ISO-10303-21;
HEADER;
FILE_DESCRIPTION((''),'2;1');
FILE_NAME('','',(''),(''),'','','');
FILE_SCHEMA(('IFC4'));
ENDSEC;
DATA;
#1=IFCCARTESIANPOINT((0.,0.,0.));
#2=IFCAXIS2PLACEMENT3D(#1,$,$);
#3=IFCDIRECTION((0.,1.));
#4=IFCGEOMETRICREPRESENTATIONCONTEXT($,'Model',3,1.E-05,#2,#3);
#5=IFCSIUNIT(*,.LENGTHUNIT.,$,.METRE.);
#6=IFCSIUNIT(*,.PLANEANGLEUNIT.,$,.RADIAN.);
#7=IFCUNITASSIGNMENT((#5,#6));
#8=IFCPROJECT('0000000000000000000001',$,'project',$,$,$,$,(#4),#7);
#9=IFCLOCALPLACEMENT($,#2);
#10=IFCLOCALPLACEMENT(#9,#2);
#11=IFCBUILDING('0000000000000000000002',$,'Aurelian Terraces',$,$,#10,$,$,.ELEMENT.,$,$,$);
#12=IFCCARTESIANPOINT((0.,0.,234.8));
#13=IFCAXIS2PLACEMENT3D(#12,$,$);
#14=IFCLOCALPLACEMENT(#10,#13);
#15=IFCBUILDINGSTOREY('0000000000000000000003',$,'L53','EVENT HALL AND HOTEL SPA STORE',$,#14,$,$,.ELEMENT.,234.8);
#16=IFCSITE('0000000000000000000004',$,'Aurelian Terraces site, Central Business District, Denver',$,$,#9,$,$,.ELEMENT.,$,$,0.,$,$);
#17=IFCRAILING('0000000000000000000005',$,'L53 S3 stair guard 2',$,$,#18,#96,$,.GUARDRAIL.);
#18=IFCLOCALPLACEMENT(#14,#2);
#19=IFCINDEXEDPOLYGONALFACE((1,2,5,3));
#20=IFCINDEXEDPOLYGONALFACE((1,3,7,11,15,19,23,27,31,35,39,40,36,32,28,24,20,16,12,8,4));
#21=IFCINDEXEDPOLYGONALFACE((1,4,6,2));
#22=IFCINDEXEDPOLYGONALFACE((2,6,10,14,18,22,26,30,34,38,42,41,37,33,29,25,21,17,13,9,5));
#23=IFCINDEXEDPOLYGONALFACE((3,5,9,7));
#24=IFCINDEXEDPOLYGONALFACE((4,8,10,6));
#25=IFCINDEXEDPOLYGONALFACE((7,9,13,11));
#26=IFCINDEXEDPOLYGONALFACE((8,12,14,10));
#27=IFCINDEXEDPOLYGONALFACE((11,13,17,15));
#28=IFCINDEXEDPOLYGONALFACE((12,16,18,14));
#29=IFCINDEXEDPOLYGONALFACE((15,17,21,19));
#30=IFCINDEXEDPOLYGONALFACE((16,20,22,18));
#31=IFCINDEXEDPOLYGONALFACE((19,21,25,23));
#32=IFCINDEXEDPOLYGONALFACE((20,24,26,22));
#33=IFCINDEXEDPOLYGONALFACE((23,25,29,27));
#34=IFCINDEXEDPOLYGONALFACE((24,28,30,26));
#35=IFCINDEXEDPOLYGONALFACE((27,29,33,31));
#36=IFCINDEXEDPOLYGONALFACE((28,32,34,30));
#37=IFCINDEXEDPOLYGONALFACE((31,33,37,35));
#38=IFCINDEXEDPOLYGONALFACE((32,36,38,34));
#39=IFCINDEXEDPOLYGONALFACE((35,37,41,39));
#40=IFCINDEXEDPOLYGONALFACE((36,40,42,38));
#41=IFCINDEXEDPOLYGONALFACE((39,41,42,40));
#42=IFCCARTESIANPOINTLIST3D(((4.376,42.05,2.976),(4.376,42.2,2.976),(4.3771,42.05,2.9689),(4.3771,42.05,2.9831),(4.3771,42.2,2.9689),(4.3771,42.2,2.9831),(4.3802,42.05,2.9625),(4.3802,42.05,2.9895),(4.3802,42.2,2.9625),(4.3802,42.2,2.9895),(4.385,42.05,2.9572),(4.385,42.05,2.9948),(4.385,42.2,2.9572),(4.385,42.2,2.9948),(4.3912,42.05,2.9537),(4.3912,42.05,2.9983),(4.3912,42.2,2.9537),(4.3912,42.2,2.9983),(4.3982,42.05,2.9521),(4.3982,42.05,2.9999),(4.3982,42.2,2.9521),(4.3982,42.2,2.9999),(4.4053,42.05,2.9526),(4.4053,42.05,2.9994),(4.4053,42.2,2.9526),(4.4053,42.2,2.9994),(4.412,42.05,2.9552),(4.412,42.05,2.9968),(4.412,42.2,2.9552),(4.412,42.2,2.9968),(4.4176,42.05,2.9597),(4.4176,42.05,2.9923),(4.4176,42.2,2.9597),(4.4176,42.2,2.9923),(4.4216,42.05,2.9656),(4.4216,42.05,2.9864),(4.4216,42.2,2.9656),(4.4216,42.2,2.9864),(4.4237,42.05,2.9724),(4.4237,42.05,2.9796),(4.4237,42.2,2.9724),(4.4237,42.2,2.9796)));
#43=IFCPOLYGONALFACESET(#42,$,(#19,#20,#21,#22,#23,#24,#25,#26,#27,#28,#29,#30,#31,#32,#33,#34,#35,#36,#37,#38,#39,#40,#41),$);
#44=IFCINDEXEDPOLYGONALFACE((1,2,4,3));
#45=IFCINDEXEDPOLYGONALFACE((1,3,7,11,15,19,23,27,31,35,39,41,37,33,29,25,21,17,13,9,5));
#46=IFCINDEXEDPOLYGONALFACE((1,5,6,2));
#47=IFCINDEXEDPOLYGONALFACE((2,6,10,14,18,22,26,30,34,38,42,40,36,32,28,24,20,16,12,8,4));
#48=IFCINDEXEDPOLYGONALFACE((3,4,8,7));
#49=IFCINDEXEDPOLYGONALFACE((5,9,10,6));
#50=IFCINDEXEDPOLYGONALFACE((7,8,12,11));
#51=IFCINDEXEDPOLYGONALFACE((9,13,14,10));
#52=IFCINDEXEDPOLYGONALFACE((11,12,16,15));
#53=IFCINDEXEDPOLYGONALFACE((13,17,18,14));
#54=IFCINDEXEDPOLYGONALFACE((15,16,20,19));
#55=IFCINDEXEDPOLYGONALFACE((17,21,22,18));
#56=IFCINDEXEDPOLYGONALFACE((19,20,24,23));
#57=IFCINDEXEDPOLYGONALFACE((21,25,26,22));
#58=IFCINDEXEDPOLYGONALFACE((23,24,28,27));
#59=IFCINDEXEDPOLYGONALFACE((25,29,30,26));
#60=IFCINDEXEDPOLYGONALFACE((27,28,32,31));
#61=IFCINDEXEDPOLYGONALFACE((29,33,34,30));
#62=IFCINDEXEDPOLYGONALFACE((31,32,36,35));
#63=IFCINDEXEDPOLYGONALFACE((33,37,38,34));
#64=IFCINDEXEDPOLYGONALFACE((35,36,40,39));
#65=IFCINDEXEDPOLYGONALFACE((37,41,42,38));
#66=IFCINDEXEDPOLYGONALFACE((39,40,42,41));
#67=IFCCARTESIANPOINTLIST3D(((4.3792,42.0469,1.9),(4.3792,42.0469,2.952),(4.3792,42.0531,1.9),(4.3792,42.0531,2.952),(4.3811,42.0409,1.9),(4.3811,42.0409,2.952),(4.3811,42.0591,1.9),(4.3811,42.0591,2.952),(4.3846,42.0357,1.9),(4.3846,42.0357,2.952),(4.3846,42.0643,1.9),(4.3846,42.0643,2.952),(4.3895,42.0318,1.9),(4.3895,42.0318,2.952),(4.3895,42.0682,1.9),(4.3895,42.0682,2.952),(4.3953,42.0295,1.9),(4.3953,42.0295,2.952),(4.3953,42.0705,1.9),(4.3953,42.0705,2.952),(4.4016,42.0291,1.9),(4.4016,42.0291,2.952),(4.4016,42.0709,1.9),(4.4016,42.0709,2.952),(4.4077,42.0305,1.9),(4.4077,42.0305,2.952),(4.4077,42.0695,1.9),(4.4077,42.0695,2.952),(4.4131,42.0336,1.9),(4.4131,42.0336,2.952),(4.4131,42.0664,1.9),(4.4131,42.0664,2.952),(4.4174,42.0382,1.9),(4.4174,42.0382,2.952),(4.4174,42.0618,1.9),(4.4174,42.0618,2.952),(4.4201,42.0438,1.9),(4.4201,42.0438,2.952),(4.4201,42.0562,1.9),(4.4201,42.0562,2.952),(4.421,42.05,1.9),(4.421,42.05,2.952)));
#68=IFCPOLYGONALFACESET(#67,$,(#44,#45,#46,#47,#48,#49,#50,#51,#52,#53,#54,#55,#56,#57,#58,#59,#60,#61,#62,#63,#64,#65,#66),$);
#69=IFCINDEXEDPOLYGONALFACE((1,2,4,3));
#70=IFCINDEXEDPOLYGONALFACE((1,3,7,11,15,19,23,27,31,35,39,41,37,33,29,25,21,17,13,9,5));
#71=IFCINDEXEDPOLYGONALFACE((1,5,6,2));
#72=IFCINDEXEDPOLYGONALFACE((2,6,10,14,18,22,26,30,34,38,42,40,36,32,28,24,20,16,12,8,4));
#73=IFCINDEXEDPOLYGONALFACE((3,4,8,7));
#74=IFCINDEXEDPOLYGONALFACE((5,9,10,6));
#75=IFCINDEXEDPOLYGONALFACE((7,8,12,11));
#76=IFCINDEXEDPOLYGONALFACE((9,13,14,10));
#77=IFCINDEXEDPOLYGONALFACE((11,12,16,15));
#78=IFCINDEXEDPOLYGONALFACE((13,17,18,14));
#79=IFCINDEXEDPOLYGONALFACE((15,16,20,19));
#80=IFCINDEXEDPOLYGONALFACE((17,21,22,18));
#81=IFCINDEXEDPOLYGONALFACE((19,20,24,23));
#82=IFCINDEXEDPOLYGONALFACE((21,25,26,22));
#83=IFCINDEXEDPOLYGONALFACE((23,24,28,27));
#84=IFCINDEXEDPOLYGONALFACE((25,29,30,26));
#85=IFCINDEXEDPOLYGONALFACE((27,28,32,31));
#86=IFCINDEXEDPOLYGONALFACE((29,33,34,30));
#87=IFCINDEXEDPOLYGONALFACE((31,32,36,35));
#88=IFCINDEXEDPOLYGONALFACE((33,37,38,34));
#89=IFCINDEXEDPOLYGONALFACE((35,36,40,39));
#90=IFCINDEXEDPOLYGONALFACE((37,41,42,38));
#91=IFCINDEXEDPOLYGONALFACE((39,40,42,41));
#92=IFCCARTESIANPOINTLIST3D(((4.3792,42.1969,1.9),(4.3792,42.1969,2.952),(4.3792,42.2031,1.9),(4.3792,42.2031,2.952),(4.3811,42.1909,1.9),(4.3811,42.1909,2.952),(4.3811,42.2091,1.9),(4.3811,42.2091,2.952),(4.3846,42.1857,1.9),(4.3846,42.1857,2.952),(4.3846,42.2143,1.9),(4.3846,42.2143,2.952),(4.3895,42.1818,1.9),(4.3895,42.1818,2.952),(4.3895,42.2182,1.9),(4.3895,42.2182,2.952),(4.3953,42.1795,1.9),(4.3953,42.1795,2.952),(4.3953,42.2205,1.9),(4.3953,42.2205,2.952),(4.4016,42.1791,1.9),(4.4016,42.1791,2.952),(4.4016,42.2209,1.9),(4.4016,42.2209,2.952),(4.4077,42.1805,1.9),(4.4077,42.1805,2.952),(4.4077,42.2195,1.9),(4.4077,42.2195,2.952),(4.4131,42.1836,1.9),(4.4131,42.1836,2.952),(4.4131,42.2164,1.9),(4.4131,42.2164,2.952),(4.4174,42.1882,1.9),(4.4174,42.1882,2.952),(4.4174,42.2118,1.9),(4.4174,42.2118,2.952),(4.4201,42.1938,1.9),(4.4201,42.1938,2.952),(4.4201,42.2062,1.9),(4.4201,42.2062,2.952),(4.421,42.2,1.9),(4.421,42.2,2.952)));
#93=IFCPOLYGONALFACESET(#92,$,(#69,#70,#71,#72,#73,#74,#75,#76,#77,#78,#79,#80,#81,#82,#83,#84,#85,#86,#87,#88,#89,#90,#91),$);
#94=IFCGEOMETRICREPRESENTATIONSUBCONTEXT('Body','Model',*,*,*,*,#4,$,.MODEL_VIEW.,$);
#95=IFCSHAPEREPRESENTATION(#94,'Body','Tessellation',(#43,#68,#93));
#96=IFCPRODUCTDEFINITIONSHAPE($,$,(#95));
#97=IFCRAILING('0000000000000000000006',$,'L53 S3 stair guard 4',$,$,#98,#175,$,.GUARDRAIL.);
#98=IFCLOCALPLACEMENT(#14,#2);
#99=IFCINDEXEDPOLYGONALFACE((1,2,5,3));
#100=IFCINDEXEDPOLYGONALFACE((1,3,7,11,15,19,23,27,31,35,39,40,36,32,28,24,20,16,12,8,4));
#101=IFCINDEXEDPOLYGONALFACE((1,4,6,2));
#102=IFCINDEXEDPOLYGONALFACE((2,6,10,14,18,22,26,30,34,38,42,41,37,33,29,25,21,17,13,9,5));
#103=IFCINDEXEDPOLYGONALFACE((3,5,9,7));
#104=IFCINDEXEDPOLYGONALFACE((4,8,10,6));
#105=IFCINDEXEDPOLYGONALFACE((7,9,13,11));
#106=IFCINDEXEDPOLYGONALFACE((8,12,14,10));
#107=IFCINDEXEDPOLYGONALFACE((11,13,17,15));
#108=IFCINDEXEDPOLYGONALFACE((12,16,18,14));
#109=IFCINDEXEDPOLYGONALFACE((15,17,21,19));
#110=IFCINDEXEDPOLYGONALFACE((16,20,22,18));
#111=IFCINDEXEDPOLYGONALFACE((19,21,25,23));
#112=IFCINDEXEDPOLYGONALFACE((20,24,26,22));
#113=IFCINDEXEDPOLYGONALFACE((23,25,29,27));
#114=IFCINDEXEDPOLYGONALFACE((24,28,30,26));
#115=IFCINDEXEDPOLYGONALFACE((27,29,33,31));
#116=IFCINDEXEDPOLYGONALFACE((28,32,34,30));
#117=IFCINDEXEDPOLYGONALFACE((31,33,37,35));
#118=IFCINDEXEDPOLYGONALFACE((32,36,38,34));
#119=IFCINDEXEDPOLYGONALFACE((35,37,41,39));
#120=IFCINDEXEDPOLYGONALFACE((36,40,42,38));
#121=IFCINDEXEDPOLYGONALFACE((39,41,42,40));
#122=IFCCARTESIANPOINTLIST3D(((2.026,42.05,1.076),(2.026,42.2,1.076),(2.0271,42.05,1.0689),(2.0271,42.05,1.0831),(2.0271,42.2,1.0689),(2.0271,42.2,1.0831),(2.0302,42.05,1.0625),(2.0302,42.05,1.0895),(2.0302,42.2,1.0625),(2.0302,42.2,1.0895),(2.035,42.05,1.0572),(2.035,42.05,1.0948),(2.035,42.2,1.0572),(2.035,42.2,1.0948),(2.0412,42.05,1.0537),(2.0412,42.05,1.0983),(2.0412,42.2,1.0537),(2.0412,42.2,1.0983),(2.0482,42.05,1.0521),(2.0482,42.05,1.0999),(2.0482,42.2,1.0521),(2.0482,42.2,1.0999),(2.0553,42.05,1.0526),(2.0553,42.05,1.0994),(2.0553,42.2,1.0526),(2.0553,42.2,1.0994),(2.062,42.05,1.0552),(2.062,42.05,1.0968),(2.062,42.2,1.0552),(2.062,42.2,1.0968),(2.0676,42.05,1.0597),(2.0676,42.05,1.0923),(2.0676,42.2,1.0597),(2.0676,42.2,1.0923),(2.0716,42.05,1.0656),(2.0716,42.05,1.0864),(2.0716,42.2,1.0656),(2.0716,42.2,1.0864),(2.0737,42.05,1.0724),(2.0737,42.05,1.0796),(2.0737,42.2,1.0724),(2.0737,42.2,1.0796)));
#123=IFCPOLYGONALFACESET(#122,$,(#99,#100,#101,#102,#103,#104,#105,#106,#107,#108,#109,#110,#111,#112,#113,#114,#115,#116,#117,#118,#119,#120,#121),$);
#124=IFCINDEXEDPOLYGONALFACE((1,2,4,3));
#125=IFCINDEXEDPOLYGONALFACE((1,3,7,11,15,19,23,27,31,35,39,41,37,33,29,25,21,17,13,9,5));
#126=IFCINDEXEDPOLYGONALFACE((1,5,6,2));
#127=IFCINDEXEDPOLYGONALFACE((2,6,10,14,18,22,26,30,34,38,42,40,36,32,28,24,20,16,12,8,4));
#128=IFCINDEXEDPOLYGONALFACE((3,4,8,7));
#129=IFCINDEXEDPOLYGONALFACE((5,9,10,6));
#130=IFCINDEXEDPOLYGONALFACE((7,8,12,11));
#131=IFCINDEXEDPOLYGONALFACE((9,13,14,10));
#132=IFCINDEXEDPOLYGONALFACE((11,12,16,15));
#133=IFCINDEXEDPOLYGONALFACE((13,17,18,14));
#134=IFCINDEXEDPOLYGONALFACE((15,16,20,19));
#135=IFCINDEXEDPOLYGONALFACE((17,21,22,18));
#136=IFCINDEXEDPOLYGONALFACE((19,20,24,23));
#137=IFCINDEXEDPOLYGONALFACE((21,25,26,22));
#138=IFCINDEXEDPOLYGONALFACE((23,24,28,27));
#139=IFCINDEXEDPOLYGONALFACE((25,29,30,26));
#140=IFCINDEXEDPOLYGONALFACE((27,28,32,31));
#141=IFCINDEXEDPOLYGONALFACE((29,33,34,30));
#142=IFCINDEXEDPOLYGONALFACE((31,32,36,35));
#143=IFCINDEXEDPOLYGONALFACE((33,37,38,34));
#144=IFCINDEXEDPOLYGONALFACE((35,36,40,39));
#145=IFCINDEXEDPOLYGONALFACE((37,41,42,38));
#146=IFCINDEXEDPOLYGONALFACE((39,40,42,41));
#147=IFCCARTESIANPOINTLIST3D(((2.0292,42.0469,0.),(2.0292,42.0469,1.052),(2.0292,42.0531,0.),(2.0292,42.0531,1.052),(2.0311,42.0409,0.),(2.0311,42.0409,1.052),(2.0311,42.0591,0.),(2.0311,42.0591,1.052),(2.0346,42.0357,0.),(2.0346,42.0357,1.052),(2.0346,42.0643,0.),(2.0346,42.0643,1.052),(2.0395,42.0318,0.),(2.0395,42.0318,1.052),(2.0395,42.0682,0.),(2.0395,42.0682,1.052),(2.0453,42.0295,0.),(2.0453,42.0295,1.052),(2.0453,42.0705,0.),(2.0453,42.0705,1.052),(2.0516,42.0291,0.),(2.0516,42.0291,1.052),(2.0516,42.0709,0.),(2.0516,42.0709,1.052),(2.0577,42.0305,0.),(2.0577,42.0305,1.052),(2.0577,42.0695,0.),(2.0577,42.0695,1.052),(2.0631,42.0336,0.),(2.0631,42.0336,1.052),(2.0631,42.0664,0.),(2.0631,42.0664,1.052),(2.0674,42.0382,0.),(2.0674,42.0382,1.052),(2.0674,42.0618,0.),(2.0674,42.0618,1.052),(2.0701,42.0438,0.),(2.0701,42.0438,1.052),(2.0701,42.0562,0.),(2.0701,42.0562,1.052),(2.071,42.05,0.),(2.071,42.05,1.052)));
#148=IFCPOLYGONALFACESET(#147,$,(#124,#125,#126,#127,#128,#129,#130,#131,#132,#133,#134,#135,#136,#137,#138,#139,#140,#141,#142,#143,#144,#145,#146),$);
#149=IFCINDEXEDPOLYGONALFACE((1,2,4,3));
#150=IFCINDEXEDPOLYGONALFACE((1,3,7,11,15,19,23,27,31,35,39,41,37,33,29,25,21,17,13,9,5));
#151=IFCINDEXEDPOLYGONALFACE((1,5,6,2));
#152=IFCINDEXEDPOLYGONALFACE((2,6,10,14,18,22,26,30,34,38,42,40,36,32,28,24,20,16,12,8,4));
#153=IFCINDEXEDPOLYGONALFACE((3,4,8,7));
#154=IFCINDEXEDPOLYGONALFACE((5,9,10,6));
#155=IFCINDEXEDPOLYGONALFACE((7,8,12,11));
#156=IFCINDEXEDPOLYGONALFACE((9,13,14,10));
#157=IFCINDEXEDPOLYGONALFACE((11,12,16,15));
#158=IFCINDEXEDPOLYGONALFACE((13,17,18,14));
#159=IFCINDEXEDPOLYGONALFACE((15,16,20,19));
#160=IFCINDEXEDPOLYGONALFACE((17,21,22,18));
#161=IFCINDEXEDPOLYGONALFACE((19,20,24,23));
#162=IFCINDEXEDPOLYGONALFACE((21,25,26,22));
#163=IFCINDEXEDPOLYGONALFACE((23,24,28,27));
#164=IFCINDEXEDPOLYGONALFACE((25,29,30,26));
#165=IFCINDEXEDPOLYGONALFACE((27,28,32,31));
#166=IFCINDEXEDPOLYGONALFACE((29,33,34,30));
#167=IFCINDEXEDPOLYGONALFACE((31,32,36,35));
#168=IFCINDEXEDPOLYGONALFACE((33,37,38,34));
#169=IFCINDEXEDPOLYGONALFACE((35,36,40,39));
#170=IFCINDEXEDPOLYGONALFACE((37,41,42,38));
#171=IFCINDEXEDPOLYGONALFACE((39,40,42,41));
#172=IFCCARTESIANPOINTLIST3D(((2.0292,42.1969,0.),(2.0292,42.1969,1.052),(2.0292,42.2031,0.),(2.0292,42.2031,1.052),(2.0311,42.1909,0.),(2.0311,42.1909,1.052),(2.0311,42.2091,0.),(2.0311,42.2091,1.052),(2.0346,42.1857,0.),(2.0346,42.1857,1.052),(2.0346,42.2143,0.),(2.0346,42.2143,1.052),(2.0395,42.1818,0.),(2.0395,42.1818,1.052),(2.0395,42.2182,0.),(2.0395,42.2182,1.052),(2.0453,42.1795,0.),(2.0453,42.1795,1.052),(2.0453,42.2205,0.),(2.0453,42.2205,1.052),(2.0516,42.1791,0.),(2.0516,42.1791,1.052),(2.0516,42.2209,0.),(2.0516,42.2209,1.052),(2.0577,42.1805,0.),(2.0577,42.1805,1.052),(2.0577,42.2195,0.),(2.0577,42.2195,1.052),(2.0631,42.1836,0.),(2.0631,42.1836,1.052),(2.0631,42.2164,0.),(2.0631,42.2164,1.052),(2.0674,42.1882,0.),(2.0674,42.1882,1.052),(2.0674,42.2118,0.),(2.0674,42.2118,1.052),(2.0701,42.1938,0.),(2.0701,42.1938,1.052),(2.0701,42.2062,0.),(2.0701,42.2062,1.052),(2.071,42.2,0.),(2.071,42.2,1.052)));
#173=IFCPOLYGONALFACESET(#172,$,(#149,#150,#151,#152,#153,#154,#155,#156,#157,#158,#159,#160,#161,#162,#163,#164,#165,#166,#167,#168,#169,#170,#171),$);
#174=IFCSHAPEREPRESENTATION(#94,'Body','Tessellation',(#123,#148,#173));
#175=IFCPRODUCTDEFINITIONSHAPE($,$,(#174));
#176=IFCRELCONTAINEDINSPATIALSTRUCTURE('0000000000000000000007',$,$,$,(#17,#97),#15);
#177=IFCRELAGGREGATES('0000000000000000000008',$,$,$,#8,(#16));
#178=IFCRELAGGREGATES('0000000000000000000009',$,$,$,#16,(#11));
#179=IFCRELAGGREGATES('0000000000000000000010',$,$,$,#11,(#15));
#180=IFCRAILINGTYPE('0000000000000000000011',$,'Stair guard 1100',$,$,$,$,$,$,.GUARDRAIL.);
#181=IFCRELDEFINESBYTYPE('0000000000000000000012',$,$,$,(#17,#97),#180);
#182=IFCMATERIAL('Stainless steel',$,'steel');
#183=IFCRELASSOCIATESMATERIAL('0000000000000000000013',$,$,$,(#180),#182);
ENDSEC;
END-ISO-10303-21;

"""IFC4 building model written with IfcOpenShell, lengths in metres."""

from ifc_helpers import new_model, si_unit, direction, frame, origin, origin_2d, place, context, subcontext, project, spatial, circle, extrude, source, transform, mapped, material, type_object, element, save


model = new_model("IFC4")

# Units and contexts
model_context = context("Model", 3, precision=1e-05, world=origin(), true_north=direction((0.0, 1.0)))
body_context = subcontext(model_context, "Body", "Model", "MODEL_VIEW")
ifc_project = project(units=[si_unit("LENGTHUNIT", "METRE"), si_unit("PLANEANGLEUNIT", "RADIAN")], contexts=[model_context])

# Site, building, storey
site_placement = place(None, origin())
site = spatial("IfcSite", under=ifc_project, at=site_placement, Name="Aurelian Terraces site, Central Business District, Denver", CompositionType="ELEMENT", RefElevation=0.0)
building_placement = place(site_placement, origin())
building = spatial("IfcBuilding", under=site, at=building_placement, Name="Aurelian Terraces", CompositionType="ELEMENT")
storey_placement = place(building_placement, frame((0.0, 0.0, 234.8)))
storey = spatial("IfcBuildingStorey", under=building, at=storey_placement, Name="L53", Description="EVENT HALL AND HOTEL SPA STORE", CompositionType="ELEMENT", Elevation=234.8)

# Railings
ifc_material_1 = material(Name="Stainless steel", Category="steel")
railing_type_1 = type_object("IfcRailingType", Name="Stair guard 1100", PredefinedType="GUARDRAIL", material=ifc_material_1)
shared_shape_1 = source(origin(), body_context, "Body", "SweptSolid", [
    extrude(circle(Radius=0.024, at=origin_2d()), frame((0.0, 0.0, 1.076), z_axis=(0.0, 1.0, 0.0), x_axis=(-1.0, 0.0, 0.0)), (0.0, 0.0, 1.0), 0.15),
    extrude(circle(Radius=0.021, at=origin_2d()), origin(), (0.0, 0.0, 1.0), 1.052),
    extrude(circle(Radius=0.021, at=origin_2d()), frame((0.0, 0.15, 0.0)), (0.0, 0.0, 1.0), 1.052),
])
for number, where, name in (
    (1, (4.4, 42.05, 1.9), "L53 S3 stair guard 2"),
    (2, (2.05, 42.05, 0.0), "L53 S3 stair guard 4"),
):
    element("IfcRailing", number, at=place(storey_placement, frame(where)), inside=storey, type_object=railing_type_1, Name=name, PredefinedType="GUARDRAIL", context=body_context, shape_type="MappedRepresentation", body=[
        mapped(shared_shape_1, transform((0.0, 0.0, 0.0), scale=1.0)),
    ])

save(model, "model.ifc")
